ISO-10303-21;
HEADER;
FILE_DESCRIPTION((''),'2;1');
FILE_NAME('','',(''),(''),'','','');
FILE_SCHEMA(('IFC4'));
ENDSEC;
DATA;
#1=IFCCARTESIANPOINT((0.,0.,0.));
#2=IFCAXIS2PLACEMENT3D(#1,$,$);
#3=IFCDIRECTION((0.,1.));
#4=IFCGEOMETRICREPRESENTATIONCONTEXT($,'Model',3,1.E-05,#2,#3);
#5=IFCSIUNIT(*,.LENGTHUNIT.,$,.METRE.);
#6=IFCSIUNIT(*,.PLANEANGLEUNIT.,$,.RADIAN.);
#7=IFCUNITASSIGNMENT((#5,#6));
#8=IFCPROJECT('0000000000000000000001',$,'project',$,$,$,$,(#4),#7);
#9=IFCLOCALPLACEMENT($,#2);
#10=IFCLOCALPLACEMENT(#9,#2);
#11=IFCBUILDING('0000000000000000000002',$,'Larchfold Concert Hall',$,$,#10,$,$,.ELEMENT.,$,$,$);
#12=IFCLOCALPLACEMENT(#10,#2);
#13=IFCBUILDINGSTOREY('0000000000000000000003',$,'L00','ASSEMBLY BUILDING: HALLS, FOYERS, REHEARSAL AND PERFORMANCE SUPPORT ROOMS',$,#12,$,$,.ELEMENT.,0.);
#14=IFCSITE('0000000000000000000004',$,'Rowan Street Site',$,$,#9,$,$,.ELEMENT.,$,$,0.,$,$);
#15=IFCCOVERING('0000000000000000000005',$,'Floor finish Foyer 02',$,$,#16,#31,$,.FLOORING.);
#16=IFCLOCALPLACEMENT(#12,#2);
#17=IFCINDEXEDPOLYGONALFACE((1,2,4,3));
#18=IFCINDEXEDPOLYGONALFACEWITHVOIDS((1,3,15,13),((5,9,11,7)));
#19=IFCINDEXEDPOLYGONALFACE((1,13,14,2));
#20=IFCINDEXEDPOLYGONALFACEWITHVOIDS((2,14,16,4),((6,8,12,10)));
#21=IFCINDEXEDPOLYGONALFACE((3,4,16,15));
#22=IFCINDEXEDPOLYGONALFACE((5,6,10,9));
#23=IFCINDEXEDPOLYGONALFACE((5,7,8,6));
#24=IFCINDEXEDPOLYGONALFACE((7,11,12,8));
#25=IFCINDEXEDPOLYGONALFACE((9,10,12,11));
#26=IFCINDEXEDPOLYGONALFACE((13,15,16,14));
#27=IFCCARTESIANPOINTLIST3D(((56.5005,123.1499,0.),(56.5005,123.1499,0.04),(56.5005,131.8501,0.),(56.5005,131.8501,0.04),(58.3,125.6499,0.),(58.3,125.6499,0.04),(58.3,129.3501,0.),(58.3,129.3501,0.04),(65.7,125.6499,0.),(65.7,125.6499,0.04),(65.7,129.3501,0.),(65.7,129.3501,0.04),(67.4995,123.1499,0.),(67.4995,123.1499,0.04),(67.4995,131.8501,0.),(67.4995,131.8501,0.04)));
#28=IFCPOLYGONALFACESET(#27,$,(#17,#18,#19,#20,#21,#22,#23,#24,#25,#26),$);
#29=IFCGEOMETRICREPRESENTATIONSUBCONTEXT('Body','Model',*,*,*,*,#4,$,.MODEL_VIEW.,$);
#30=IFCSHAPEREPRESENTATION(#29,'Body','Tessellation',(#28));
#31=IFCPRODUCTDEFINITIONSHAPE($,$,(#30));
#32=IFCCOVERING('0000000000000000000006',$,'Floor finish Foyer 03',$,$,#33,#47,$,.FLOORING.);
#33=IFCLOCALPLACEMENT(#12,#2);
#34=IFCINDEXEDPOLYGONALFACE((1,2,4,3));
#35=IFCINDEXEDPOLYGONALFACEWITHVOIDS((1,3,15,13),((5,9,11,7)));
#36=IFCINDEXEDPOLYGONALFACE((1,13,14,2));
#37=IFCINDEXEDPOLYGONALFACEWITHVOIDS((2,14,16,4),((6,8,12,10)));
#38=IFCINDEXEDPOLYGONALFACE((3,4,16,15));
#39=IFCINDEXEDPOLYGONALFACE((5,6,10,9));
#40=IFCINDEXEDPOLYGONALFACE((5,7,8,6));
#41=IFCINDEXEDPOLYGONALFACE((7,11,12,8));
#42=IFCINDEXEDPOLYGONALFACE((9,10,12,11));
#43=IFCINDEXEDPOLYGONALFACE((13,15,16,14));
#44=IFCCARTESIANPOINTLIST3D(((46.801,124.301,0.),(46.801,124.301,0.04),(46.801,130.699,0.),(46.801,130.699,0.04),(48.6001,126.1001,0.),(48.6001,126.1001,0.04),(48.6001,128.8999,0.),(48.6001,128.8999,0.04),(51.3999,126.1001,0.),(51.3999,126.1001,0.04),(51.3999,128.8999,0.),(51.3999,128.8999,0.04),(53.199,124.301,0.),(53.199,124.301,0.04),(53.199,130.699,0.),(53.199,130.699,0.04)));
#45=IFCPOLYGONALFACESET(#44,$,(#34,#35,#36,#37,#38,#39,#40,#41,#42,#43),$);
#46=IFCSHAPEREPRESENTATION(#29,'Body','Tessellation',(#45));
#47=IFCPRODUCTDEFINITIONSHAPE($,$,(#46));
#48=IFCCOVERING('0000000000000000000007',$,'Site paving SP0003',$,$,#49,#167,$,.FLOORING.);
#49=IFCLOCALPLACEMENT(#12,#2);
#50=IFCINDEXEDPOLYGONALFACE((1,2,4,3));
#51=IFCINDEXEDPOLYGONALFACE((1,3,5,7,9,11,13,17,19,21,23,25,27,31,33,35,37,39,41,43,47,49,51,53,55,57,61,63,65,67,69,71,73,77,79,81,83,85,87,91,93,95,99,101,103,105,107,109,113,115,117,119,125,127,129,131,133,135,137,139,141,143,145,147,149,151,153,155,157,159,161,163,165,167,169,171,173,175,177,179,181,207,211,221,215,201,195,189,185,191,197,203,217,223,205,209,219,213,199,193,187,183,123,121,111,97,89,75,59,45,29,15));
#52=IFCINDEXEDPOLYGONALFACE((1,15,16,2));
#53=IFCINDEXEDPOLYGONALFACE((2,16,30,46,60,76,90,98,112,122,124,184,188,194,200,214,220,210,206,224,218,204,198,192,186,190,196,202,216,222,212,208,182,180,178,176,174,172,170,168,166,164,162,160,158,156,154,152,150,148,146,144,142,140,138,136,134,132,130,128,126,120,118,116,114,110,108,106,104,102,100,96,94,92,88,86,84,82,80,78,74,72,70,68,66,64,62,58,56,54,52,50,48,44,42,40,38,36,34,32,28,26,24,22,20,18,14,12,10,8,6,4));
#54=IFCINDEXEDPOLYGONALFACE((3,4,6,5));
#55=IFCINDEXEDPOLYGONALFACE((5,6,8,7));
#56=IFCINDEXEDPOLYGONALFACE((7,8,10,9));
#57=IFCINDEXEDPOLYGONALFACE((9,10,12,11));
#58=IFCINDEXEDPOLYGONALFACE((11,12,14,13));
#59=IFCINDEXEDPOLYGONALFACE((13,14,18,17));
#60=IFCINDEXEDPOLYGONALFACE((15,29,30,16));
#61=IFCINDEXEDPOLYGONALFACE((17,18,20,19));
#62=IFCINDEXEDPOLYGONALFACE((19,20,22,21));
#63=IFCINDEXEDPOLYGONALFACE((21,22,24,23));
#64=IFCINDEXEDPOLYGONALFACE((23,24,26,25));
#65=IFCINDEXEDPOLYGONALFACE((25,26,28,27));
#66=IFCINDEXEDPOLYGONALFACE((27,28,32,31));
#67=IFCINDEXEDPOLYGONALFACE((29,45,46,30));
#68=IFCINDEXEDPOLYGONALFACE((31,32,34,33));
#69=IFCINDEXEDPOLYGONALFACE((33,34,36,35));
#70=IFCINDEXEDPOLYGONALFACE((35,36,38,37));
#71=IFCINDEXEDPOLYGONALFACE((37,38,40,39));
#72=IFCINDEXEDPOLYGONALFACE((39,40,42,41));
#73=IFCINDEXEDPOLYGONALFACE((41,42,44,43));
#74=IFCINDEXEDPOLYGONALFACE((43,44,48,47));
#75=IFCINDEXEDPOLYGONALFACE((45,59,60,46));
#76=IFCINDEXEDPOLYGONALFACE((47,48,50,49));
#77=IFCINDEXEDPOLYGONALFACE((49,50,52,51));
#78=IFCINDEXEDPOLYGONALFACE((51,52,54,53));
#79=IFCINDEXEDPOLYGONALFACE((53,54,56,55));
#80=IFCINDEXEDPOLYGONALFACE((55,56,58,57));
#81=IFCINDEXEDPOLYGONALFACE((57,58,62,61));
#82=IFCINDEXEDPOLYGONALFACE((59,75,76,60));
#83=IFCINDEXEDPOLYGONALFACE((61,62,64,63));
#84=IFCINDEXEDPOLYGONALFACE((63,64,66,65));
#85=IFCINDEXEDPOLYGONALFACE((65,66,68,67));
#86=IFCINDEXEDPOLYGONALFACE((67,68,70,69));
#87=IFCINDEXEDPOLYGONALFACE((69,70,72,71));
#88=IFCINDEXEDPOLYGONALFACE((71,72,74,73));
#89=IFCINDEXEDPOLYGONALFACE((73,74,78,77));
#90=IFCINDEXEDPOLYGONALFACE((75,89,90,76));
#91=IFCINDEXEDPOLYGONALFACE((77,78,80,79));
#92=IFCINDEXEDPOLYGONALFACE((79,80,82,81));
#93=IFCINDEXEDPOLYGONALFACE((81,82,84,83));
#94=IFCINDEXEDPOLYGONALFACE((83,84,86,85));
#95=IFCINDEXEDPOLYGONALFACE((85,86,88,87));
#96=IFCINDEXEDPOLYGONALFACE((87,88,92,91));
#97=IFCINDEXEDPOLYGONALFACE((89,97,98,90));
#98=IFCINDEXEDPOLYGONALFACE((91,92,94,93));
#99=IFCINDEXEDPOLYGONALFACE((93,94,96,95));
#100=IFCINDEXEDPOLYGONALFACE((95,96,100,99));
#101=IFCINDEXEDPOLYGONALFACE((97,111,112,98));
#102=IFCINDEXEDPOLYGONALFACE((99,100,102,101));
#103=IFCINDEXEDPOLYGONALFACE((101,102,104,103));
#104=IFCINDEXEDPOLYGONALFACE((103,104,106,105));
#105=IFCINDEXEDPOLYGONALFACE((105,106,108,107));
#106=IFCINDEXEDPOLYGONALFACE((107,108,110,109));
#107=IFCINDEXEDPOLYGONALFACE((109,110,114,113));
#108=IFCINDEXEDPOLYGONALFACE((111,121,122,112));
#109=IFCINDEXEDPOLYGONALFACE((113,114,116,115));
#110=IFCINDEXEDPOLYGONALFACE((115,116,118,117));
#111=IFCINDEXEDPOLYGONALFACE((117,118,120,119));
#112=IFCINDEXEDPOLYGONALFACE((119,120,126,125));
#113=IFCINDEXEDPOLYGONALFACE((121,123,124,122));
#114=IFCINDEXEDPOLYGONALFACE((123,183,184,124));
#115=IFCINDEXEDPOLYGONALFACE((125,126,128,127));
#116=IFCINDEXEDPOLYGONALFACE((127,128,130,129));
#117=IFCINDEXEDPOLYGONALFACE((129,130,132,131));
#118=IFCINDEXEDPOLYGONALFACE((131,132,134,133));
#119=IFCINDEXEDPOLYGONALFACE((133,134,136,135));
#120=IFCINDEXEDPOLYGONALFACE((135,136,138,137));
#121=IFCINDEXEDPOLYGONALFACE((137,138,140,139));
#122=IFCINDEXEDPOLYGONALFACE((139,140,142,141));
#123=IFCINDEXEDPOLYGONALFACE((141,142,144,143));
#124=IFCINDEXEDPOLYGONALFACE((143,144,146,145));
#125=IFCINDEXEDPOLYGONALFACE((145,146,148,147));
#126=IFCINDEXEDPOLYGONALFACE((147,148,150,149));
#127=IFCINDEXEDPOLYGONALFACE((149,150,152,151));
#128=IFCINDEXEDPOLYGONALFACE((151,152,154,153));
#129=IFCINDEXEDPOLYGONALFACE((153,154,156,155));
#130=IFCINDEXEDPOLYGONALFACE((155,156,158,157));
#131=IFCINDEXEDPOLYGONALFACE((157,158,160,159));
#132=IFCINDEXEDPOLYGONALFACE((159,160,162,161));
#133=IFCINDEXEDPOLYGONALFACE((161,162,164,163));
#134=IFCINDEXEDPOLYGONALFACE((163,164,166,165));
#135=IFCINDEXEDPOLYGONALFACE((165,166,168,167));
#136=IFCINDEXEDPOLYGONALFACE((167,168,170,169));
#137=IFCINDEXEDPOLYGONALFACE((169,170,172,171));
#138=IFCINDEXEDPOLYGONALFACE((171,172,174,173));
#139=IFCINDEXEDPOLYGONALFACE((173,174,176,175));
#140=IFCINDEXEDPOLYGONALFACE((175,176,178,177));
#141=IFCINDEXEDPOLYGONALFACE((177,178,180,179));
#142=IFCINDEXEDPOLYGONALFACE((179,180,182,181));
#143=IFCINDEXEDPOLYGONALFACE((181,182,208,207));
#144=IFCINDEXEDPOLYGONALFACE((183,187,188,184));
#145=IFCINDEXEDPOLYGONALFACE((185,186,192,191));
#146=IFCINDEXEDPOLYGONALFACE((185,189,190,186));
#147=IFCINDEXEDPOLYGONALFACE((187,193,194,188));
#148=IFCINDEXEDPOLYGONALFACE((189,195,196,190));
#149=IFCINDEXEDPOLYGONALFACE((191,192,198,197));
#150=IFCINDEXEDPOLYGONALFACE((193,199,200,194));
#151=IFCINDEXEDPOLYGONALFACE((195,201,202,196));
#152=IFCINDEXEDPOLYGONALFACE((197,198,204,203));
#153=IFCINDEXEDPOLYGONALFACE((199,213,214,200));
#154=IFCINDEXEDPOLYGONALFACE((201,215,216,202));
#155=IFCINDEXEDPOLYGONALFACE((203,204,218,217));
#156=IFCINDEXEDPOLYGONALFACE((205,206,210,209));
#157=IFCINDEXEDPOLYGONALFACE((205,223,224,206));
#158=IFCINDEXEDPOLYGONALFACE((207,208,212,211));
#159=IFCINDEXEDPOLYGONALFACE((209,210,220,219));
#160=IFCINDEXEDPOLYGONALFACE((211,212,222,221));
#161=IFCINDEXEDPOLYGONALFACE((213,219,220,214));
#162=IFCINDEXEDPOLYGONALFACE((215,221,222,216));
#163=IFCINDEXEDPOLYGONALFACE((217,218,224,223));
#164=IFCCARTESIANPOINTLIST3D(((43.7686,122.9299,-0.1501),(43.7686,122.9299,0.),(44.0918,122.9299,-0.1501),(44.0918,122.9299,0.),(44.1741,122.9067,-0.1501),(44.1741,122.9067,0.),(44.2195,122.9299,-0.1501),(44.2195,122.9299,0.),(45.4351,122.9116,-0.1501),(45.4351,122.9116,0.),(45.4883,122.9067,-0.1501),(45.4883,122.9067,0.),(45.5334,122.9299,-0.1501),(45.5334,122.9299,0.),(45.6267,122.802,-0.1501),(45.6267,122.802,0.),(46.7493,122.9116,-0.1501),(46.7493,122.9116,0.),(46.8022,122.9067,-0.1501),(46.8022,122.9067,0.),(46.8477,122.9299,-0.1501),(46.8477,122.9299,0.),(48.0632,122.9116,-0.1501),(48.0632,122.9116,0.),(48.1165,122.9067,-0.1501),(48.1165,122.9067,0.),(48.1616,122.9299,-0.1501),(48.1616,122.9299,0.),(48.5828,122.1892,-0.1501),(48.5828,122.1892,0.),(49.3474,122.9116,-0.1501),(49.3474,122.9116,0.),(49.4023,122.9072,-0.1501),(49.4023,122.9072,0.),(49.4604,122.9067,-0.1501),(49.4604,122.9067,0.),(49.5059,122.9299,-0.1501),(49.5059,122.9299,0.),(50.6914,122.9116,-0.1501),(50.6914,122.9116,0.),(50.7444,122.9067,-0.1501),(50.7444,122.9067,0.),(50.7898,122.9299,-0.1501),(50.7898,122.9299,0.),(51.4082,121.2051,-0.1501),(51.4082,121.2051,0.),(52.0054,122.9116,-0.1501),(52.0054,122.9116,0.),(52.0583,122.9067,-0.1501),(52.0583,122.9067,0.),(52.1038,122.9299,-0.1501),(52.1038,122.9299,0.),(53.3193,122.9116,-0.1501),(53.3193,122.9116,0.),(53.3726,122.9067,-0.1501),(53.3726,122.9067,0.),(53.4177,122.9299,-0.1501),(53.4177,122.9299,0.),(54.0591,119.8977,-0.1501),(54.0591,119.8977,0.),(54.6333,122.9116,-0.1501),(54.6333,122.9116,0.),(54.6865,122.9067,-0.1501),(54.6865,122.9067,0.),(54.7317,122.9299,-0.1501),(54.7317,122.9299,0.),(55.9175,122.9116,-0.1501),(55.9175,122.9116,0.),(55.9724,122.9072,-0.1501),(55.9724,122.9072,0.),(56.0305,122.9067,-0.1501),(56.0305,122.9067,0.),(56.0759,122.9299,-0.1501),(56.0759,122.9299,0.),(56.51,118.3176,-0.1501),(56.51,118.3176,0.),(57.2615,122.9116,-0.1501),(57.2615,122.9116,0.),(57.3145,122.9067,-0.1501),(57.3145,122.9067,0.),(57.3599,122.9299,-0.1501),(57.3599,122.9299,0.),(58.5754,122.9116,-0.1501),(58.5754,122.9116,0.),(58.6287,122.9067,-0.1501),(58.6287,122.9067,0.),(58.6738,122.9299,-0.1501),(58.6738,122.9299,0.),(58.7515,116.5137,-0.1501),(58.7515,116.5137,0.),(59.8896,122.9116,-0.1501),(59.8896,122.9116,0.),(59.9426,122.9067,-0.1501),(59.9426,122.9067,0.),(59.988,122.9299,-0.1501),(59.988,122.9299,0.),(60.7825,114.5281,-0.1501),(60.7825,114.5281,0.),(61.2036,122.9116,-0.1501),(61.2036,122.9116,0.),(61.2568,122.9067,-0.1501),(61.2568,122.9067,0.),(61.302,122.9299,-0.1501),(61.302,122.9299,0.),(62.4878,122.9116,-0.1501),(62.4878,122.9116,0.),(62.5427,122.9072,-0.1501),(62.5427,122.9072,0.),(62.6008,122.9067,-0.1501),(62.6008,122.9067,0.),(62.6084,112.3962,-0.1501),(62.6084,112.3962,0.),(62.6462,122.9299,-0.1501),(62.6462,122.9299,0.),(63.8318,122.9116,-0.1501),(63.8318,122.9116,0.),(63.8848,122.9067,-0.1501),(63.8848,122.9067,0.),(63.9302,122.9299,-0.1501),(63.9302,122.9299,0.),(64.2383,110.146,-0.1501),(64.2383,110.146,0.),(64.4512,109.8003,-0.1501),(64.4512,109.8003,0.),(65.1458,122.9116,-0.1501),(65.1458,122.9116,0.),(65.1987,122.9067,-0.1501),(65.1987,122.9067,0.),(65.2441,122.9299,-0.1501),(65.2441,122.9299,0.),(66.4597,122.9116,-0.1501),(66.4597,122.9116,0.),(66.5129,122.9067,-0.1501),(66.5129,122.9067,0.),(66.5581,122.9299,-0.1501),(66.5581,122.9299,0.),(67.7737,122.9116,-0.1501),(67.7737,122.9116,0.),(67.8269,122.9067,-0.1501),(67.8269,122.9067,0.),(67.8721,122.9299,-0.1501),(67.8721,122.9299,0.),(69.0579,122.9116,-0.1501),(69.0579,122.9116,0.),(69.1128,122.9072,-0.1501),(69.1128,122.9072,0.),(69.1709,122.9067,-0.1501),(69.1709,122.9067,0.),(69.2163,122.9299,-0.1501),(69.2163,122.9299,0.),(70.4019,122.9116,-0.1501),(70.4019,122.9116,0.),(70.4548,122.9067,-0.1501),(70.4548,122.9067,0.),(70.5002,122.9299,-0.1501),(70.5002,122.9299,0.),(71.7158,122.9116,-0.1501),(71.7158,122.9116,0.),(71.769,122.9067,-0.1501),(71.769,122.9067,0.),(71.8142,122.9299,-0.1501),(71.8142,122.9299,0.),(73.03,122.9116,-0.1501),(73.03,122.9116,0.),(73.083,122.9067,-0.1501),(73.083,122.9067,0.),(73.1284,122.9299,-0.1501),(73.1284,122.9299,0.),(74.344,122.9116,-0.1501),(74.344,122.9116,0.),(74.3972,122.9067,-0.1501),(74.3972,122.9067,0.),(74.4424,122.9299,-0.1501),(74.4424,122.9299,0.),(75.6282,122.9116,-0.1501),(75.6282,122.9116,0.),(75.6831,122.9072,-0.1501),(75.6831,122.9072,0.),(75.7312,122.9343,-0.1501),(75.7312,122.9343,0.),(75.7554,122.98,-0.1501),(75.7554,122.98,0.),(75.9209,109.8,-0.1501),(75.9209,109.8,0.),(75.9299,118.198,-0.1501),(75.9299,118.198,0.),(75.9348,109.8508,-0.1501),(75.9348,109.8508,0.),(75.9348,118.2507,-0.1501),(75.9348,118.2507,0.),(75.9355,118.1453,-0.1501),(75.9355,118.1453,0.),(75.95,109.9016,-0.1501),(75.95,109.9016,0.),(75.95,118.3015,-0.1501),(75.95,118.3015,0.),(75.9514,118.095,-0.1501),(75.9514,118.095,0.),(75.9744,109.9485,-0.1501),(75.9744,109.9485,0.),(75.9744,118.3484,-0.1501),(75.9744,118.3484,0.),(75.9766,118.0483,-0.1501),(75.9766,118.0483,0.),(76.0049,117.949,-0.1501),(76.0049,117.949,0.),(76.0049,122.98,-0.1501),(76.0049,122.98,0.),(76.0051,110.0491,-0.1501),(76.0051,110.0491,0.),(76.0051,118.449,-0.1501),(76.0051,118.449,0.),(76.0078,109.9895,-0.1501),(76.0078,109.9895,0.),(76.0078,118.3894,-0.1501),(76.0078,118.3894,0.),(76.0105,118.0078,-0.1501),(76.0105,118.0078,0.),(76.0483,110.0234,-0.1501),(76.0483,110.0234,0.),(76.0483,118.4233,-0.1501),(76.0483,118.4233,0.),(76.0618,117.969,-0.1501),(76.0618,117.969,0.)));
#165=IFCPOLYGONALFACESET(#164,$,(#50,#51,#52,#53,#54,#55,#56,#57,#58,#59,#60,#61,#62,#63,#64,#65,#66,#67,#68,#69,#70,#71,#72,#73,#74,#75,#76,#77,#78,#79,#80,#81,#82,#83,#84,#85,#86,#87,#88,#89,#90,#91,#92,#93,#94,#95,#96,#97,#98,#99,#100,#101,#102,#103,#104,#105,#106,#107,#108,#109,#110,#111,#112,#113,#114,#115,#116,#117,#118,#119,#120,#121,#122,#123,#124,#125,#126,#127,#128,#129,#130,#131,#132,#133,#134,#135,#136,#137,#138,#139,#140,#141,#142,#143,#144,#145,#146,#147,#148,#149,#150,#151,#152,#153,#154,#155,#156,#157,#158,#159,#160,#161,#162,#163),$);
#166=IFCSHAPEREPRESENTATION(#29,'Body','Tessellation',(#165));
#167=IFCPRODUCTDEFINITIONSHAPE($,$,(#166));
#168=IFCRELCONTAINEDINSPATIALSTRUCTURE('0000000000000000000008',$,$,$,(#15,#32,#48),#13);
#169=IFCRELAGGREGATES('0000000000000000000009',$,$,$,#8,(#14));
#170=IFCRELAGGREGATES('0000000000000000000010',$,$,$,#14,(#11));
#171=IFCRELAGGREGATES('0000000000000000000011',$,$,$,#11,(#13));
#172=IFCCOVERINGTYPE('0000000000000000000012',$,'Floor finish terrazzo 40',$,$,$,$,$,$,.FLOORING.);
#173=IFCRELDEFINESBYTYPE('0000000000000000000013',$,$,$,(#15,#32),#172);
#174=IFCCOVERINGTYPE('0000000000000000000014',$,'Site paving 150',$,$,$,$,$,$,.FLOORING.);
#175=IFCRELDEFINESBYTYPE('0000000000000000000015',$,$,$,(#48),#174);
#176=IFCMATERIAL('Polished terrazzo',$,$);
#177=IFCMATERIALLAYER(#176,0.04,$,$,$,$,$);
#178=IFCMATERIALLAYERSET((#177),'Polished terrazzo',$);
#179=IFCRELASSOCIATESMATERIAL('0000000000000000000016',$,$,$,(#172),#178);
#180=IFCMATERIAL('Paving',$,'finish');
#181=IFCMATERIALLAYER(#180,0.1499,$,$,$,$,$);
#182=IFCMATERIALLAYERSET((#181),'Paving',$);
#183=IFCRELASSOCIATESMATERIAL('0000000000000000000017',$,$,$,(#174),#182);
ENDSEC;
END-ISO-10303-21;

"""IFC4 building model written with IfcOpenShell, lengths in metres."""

from ifc_helpers import new_model, si_unit, direction, frame, origin, place, context, subcontext, project, spatial, polyline, outline, extrude, material, layer, layer_set, type_object, element, save


model = new_model("IFC4")

# Units and contexts
model_context = context("Model", 3, precision=1e-05, world=origin(), true_north=direction((0.0, 1.0)))
body_context = subcontext(model_context, "Body", "Model", "MODEL_VIEW")
ifc_project = project(units=[si_unit("LENGTHUNIT", "METRE"), si_unit("PLANEANGLEUNIT", "RADIAN")], contexts=[model_context])

# Site, building, storey
site_placement = place(None, origin())
site = spatial("IfcSite", under=ifc_project, at=site_placement, Name="Rowan Street Site", CompositionType="ELEMENT", RefElevation=0.0)
building_placement = place(site_placement, origin())
building = spatial("IfcBuilding", under=site, at=building_placement, Name="Larchfold Concert Hall", CompositionType="ELEMENT")
storey_placement = place(building_placement, origin())
storey = spatial("IfcBuildingStorey", under=building, at=storey_placement, Name="L00", Description="ASSEMBLY BUILDING: HALLS, FOYERS, REHEARSAL AND PERFORMANCE SUPPORT ROOMS", CompositionType="ELEMENT", Elevation=0.0)

# Coverings
ifc_material_1 = material(Name="Polished terrazzo")
ifc_layer_1 = layer(ifc_material_1, 0.04)
ifc_layer_set_1 = layer_set([ifc_layer_1], Name="Polished terrazzo")
covering_type_1 = type_object("IfcCoveringType", Name="Floor finish terrazzo 40", PredefinedType="FLOORING", material=ifc_layer_set_1)
covering_1_placement = place(storey_placement, origin())
element("IfcCovering", 1, at=covering_1_placement, inside=storey, type_object=covering_type_1, Name="Floor finish Foyer 02", PredefinedType="FLOORING", context=body_context, shape_type="SweptSolid", body=[
    extrude(outline(polyline([(67.4995, 131.8501), (56.5005, 131.8501), (56.5005, 123.1499), (67.4995, 123.1499), (67.4995, 131.8501)]), holes=[polyline([(65.7, 125.6499), (58.3, 125.6499), (58.3, 129.3501), (65.7, 129.3501), (65.7, 125.6499)])]), origin(), (0.0, 0.0, 1.0), 0.04),
])
covering_2_placement = place(storey_placement, origin())
element("IfcCovering", 2, at=covering_2_placement, inside=storey, type_object=covering_type_1, Name="Floor finish Foyer 03", PredefinedType="FLOORING", context=body_context, shape_type="SweptSolid", body=[
    extrude(outline(polyline([(53.199, 130.699), (46.801, 130.699), (46.801, 124.301), (53.199, 124.301), (53.199, 130.699)]), holes=[polyline([(48.6001, 128.8999), (51.3999, 128.8999), (51.3999, 126.1001), (48.6001, 126.1001), (48.6001, 128.8999)])]), origin(), (0.0, 0.0, 1.0), 0.04),
])
ifc_material_2 = material(Name="Paving", Category="finish")
ifc_layer_2 = layer(ifc_material_2, 0.1499)
ifc_layer_set_2 = layer_set([ifc_layer_2], Name="Paving")
covering_type_2 = type_object("IfcCoveringType", Name="Site paving 150", PredefinedType="FLOORING", material=ifc_layer_set_2)
covering_3_placement = place(storey_placement, frame((0.0, 0.0, -0.1501)))
element("IfcCovering", 3, at=covering_3_placement, inside=storey, type_object=covering_type_2, Name="Site paving SP0003", PredefinedType="FLOORING", context=body_context, shape_type="SweptSolid", body=[
    extrude(outline(polyline([(44.0918, 122.9299), (43.7686, 122.9299), (45.6267, 122.802), (48.5828, 122.1892), (51.4082, 121.2051), (54.0591, 119.8977), (56.51, 118.3176), (58.7515, 116.5137), (60.7825, 114.5281), (62.6084, 112.3962), (64.2383, 110.146), (64.4512, 109.8003), (75.9209, 109.8), (75.9348, 109.8508), (75.95, 109.9016), (75.9744, 109.9485), (76.0078, 109.9895), (76.0483, 110.0234), (76.0051, 110.0491), (76.0049, 117.949), (76.0618, 117.969), (76.0105, 118.0078), (75.9766, 118.0483), (75.9514, 118.095), (75.9355, 118.1453), (75.9299, 118.198), (75.9348, 118.2507), (75.95, 118.3015), (75.9744, 118.3484), (76.0078, 118.3894), (76.0483, 118.4233), (76.0051, 118.449), (76.0049, 122.98), (75.7554, 122.98), (75.7312, 122.9343), (75.6831, 122.9072), (75.6282, 122.9116), (74.4424, 122.9299), (74.3972, 122.9067), (74.344, 122.9116), (73.1284, 122.9299), (73.083, 122.9067), (73.03, 122.9116), (71.8142, 122.9299), (71.769, 122.9067), (71.7158, 122.9116), (70.5002, 122.9299), (70.4548, 122.9067), (70.4019, 122.9116), (69.2163, 122.9299), (69.1709, 122.9067), (69.1128, 122.9072), (69.0579, 122.9116), (67.8721, 122.9299), (67.8269, 122.9067), (67.7737, 122.9116), (66.5581, 122.9299), (66.5129, 122.9067), (66.4597, 122.9116), (65.2441, 122.9299), (65.1987, 122.9067), (65.1458, 122.9116), (63.9302, 122.9299), (63.8848, 122.9067), (63.8318, 122.9116), (62.6462, 122.9299), (62.6008, 122.9067), (62.5427, 122.9072), (62.4878, 122.9116), (61.302, 122.9299), (61.2568, 122.9067), (61.2036, 122.9116), (59.988, 122.9299), (59.9426, 122.9067), (59.8896, 122.9116), (58.6738, 122.9299), (58.6287, 122.9067), (58.5754, 122.9116), (57.3599, 122.9299), (57.3145, 122.9067), (57.2615, 122.9116), (56.0759, 122.9299), (56.0305, 122.9067), (55.9724, 122.9072), (55.9175, 122.9116), (54.7317, 122.9299), (54.6865, 122.9067), (54.6333, 122.9116), (53.4177, 122.9299), (53.3726, 122.9067), (53.3193, 122.9116), (52.1038, 122.9299), (52.0583, 122.9067), (52.0054, 122.9116), (50.7898, 122.9299), (50.7444, 122.9067), (50.6914, 122.9116), (49.5059, 122.9299), (49.4604, 122.9067), (49.4023, 122.9072), (49.3474, 122.9116), (48.1616, 122.9299), (48.1165, 122.9067), (48.0632, 122.9116), (46.8477, 122.9299), (46.8022, 122.9067), (46.7493, 122.9116), (45.5334, 122.9299), (45.4883, 122.9067), (45.4351, 122.9116), (44.2195, 122.9299), (44.1741, 122.9067), (44.0918, 122.9299)])), origin(), (0.0, 0.0, 1.0), 0.1501),
])

save(model, "model.ifc")
